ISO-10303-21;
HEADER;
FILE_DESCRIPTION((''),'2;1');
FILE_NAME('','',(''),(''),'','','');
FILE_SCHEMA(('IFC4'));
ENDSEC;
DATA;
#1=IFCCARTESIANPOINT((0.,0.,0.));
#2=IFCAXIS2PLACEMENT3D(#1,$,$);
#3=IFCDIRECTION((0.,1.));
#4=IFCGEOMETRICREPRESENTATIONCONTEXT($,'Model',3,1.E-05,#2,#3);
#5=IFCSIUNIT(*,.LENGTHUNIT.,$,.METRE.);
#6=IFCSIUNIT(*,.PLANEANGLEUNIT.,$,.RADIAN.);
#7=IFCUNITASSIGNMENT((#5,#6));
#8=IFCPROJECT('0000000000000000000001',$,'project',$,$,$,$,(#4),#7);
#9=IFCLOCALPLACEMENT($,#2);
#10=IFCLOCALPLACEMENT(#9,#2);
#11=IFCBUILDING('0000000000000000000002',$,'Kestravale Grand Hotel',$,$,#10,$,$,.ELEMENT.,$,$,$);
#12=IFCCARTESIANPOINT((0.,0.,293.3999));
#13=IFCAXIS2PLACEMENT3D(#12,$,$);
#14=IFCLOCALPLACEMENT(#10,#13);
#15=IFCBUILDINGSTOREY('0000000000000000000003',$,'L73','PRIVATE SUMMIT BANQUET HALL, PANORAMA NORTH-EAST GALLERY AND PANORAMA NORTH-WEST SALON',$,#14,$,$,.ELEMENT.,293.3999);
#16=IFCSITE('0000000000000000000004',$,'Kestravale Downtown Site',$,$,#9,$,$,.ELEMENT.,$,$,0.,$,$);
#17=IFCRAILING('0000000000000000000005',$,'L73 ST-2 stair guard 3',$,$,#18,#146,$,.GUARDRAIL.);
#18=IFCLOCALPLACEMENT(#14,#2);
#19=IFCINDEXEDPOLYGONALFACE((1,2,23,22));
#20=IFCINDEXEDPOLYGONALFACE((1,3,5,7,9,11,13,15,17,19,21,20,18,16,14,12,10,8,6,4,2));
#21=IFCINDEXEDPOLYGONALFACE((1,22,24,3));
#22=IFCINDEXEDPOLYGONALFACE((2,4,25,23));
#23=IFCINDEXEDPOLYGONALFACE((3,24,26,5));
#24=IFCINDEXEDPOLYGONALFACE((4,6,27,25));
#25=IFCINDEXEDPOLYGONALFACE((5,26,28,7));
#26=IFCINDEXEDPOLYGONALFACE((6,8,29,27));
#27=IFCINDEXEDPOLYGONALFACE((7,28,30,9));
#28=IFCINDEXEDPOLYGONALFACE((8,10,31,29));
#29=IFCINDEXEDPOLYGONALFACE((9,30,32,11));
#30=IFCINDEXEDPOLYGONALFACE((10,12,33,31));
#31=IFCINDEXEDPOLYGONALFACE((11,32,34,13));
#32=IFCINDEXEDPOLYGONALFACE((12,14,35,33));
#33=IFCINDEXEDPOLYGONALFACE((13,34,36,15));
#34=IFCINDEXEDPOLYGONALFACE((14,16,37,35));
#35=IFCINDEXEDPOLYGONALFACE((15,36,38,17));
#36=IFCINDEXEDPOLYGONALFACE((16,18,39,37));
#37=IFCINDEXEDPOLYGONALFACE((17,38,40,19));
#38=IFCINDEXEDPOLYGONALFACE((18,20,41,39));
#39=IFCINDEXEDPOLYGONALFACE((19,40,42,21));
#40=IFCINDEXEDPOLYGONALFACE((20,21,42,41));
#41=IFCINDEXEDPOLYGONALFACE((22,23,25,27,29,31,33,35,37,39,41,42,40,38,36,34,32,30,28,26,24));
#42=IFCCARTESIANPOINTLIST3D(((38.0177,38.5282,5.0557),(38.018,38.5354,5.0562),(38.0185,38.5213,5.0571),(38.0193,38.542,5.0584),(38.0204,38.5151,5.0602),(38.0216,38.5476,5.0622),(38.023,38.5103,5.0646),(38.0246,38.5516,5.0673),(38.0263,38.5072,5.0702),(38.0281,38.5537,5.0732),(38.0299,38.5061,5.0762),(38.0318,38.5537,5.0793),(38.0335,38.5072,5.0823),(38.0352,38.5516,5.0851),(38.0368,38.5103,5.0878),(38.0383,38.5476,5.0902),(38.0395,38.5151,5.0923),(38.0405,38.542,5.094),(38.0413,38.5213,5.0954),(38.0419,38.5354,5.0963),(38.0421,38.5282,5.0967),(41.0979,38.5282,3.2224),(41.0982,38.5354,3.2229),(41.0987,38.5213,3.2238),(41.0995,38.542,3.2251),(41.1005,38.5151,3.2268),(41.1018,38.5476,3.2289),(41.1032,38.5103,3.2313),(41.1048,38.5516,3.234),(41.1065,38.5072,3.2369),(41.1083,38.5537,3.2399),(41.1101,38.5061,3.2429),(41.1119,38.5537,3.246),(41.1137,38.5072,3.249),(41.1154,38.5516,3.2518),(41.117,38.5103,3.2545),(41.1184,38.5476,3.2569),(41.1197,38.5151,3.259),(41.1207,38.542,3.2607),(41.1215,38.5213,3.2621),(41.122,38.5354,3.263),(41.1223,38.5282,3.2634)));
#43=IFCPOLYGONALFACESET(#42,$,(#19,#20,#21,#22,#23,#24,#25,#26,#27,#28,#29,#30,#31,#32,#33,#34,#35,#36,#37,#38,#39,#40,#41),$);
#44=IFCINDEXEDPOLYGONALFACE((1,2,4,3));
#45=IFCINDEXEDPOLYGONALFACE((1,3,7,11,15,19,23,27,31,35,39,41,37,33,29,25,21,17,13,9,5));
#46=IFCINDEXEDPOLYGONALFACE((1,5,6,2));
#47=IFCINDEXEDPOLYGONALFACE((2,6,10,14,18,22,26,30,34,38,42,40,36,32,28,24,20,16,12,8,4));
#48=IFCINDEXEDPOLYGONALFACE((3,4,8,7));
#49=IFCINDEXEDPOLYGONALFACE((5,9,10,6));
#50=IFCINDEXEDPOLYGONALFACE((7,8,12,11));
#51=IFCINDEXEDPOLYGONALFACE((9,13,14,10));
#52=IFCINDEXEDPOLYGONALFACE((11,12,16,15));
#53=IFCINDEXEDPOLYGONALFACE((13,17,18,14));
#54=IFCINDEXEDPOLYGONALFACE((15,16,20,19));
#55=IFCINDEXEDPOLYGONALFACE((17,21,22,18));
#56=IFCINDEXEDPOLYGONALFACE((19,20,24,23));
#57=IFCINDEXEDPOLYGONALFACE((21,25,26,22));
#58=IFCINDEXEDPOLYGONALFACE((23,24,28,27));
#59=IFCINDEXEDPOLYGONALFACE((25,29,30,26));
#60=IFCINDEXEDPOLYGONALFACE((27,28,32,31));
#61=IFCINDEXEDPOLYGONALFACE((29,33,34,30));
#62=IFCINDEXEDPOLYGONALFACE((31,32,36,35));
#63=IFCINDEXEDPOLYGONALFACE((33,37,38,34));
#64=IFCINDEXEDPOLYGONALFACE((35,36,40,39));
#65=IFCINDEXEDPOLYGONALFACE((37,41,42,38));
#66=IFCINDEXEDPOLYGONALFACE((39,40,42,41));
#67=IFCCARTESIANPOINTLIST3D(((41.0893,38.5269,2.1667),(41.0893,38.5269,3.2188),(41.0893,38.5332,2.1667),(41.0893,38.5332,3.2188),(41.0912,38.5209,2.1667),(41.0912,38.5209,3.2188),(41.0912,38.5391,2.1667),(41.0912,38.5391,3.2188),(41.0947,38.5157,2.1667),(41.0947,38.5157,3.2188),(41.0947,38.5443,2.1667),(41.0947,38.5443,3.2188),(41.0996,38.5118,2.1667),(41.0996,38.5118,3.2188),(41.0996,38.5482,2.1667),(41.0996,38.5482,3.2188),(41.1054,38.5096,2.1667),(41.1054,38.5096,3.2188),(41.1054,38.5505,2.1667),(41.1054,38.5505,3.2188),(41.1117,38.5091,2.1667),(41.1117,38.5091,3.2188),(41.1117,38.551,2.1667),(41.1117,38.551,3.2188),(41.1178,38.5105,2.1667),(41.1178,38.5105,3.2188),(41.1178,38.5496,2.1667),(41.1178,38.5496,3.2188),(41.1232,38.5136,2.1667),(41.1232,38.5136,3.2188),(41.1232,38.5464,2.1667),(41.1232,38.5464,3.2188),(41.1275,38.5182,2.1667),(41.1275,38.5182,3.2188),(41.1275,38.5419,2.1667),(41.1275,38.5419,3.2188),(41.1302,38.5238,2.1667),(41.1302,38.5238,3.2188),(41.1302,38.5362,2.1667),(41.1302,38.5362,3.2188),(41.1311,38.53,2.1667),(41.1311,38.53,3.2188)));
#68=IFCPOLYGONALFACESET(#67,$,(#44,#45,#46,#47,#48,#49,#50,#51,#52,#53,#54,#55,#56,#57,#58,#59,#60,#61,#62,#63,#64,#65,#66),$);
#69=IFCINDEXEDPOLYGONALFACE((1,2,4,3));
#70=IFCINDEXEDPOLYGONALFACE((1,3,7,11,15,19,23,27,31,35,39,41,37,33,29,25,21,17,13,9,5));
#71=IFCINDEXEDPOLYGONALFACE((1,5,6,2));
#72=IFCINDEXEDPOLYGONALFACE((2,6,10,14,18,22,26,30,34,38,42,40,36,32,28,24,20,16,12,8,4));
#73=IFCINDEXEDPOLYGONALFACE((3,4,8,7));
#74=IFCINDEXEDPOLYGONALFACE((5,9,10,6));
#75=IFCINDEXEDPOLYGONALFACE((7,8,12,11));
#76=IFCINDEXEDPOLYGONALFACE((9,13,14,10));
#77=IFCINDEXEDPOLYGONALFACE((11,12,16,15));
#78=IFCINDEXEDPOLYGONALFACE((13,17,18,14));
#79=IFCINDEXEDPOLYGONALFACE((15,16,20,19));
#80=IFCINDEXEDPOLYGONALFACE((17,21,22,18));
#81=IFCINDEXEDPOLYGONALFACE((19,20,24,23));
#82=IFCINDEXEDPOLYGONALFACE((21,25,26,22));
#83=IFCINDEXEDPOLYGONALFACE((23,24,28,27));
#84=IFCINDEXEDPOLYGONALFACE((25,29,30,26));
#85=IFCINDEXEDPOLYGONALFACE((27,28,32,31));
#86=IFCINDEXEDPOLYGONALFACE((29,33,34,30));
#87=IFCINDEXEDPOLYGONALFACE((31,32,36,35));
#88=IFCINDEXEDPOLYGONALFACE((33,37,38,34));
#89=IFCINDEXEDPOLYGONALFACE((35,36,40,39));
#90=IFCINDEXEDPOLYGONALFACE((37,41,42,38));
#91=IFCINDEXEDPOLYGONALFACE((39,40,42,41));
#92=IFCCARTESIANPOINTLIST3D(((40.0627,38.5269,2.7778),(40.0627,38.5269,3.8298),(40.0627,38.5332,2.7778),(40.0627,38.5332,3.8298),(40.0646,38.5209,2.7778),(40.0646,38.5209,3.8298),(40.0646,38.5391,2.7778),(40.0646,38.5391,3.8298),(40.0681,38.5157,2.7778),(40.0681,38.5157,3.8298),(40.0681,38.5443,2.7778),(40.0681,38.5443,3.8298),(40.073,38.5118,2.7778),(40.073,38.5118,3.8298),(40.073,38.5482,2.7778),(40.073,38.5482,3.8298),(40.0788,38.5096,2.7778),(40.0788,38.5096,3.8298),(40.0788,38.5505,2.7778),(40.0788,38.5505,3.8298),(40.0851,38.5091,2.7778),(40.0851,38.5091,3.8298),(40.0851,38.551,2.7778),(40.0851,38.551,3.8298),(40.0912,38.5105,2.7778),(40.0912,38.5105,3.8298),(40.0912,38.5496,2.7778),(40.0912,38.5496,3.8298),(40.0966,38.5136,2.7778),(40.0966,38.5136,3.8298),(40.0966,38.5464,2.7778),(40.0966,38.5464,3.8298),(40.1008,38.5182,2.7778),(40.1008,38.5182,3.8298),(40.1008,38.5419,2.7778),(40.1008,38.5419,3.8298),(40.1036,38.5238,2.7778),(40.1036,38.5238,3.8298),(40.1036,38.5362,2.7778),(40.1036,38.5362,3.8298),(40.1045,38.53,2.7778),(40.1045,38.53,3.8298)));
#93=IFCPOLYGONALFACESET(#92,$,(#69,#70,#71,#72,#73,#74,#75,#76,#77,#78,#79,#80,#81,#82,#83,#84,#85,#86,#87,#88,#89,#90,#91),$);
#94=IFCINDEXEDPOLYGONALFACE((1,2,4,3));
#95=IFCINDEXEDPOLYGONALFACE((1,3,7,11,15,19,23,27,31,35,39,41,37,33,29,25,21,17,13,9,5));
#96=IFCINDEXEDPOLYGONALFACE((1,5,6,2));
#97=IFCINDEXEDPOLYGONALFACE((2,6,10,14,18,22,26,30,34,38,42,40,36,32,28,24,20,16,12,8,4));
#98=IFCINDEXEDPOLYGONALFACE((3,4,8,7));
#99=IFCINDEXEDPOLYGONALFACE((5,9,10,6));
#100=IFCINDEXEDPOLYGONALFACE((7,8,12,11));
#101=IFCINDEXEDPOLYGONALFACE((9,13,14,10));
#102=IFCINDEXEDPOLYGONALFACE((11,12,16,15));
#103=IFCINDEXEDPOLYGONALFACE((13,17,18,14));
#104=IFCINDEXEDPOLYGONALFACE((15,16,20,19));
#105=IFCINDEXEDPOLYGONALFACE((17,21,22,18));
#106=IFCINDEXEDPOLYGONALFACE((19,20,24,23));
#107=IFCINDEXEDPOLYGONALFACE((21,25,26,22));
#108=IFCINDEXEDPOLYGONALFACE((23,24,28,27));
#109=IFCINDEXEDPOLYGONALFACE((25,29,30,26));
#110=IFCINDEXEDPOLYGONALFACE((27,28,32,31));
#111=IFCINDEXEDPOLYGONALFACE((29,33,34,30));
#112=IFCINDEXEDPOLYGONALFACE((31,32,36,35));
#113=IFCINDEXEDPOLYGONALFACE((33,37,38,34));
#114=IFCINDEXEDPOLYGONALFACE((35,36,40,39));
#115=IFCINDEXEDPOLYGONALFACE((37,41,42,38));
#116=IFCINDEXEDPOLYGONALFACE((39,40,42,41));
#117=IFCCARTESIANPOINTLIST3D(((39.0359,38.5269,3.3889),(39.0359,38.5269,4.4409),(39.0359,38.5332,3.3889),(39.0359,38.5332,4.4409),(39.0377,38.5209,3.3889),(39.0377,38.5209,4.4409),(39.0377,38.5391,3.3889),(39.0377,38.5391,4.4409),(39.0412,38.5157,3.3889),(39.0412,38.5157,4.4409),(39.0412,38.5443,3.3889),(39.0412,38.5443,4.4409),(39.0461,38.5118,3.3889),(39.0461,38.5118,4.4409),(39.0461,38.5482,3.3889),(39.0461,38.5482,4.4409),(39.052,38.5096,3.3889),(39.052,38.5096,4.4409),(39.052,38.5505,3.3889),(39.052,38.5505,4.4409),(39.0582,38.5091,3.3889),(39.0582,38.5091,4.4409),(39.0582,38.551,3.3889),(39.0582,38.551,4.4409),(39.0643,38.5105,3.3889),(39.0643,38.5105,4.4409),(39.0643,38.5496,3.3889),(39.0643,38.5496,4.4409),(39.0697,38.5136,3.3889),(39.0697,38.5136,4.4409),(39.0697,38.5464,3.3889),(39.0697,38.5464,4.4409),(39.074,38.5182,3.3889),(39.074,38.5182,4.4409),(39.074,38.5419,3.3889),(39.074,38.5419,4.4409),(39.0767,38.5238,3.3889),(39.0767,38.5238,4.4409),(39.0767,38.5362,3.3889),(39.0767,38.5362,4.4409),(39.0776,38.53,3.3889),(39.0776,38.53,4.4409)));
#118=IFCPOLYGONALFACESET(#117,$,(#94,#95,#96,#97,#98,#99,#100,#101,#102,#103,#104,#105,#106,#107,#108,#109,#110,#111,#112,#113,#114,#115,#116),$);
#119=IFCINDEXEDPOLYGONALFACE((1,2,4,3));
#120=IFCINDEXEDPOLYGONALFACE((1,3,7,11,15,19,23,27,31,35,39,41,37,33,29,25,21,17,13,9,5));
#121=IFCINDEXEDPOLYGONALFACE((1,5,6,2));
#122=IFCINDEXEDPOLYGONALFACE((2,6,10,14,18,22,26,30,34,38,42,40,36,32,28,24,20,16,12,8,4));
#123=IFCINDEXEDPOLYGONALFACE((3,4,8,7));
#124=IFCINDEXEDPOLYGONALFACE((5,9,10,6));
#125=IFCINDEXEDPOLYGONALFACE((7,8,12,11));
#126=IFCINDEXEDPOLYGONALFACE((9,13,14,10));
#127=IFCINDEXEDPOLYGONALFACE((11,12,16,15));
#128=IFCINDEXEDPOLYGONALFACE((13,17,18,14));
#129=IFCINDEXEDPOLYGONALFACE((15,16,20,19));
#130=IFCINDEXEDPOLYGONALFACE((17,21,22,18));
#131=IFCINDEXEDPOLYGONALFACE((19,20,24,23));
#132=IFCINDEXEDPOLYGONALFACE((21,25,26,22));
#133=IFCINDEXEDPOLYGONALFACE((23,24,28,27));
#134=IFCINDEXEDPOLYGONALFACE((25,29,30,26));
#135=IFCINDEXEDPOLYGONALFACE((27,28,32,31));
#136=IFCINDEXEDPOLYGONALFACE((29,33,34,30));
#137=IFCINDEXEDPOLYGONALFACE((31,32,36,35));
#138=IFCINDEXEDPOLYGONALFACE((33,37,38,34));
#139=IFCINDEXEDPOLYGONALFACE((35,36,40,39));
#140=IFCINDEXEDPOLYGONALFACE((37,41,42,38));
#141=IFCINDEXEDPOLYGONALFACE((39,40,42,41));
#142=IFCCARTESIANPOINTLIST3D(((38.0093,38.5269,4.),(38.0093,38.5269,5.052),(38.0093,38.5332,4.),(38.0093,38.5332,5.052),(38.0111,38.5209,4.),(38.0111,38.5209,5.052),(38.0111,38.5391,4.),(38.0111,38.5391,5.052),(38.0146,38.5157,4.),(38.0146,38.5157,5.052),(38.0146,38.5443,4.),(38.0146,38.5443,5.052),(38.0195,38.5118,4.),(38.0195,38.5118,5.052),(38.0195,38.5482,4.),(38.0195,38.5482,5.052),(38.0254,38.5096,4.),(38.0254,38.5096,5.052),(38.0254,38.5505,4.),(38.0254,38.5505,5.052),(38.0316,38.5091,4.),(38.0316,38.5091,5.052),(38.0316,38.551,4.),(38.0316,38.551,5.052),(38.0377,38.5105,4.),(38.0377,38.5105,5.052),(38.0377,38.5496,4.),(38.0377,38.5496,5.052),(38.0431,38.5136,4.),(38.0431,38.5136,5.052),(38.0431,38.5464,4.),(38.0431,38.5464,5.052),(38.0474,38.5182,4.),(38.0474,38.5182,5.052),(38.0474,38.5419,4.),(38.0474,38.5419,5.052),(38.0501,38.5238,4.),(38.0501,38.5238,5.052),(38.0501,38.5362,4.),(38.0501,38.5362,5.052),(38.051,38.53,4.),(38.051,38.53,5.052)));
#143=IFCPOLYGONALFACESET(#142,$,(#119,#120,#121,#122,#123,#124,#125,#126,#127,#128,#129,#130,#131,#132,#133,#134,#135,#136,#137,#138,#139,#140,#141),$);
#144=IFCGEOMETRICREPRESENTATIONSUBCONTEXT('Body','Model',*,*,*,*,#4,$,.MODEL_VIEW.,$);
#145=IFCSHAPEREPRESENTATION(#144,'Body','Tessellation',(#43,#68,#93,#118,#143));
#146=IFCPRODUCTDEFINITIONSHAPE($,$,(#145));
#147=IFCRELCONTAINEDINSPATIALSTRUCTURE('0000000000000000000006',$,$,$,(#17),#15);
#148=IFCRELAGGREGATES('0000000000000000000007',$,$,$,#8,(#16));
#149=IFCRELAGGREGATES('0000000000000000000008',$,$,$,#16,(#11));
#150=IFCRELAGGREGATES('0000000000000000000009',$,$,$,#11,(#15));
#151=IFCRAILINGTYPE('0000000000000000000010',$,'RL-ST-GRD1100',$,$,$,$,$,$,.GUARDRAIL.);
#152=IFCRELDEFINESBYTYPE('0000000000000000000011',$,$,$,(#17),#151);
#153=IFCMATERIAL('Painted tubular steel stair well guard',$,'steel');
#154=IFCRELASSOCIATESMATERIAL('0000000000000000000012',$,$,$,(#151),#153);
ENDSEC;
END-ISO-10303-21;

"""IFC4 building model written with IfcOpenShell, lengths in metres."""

from ifc_helpers import new_model, si_unit, direction, frame, origin, origin_2d, place, context, subcontext, project, spatial, circle, extrude, material, type_object, element, save


model = new_model("IFC4")

# Units and contexts
model_context = context("Model", 3, precision=1e-05, world=origin(), true_north=direction((0.0, 1.0)))
body_context = subcontext(model_context, "Body", "Model", "MODEL_VIEW")
ifc_project = project(units=[si_unit("LENGTHUNIT", "METRE"), si_unit("PLANEANGLEUNIT", "RADIAN")], contexts=[model_context])

# Site, building, storey
site_placement = place(None, origin())
site = spatial("IfcSite", under=ifc_project, at=site_placement, Name="Kestravale Downtown Site", CompositionType="ELEMENT", RefElevation=0.0)
building_placement = place(site_placement, origin())
building = spatial("IfcBuilding", under=site, at=building_placement, Name="Kestravale Grand Hotel", CompositionType="ELEMENT")
storey_placement = place(building_placement, frame((0.0, 0.0, 293.3999)))
storey = spatial("IfcBuildingStorey", under=building, at=storey_placement, Name="L73", Description="PRIVATE SUMMIT BANQUET HALL, PANORAMA NORTH-EAST GALLERY AND PANORAMA NORTH-WEST SALON", CompositionType="ELEMENT", Elevation=293.3999)

# Railing
ifc_material_1 = material(Name="Painted tubular steel stair well guard", Category="steel")
railing_type_1 = type_object("IfcRailingType", Name="RL-ST-GRD1100", PredefinedType="GUARDRAIL", material=ifc_material_1)
railing_1_placement = place(storey_placement, frame((41.1101, 38.53, 2.1667)))
element("IfcRailing", 1, at=railing_1_placement, inside=storey, type_object=railing_type_1, Name="L73 ST-2 stair guard 3", PredefinedType="GUARDRAIL", context=body_context, shape_type="SweptSolid", body=[
    extrude(circle(Radius=0.0239, at=origin_2d()), frame((0.0, 0.0, 1.0762), z_axis=(-0.859309, 0.0, 0.511458), x_axis=(0.0, -1.0, 0.0)), (0.0, 0.0, 1.0), 3.5845),
    extrude(circle(Radius=0.021, at=origin_2d()), origin(), (0.0, 0.0, 1.0), 1.052),
    extrude(circle(Radius=0.021, at=origin_2d()), frame((-1.0266, 0.0, 0.6111)), (0.0, 0.0, 1.0), 1.052),
    extrude(circle(Radius=0.021, at=origin_2d()), frame((-2.0535, 0.0, 1.2222)), (0.0, 0.0, 1.0), 1.052),
    extrude(circle(Radius=0.021, at=origin_2d()), frame((-3.0801, 0.0, 1.8333)), (0.0, 0.0, 1.0), 1.052),
])

save(model, "model.ifc")
